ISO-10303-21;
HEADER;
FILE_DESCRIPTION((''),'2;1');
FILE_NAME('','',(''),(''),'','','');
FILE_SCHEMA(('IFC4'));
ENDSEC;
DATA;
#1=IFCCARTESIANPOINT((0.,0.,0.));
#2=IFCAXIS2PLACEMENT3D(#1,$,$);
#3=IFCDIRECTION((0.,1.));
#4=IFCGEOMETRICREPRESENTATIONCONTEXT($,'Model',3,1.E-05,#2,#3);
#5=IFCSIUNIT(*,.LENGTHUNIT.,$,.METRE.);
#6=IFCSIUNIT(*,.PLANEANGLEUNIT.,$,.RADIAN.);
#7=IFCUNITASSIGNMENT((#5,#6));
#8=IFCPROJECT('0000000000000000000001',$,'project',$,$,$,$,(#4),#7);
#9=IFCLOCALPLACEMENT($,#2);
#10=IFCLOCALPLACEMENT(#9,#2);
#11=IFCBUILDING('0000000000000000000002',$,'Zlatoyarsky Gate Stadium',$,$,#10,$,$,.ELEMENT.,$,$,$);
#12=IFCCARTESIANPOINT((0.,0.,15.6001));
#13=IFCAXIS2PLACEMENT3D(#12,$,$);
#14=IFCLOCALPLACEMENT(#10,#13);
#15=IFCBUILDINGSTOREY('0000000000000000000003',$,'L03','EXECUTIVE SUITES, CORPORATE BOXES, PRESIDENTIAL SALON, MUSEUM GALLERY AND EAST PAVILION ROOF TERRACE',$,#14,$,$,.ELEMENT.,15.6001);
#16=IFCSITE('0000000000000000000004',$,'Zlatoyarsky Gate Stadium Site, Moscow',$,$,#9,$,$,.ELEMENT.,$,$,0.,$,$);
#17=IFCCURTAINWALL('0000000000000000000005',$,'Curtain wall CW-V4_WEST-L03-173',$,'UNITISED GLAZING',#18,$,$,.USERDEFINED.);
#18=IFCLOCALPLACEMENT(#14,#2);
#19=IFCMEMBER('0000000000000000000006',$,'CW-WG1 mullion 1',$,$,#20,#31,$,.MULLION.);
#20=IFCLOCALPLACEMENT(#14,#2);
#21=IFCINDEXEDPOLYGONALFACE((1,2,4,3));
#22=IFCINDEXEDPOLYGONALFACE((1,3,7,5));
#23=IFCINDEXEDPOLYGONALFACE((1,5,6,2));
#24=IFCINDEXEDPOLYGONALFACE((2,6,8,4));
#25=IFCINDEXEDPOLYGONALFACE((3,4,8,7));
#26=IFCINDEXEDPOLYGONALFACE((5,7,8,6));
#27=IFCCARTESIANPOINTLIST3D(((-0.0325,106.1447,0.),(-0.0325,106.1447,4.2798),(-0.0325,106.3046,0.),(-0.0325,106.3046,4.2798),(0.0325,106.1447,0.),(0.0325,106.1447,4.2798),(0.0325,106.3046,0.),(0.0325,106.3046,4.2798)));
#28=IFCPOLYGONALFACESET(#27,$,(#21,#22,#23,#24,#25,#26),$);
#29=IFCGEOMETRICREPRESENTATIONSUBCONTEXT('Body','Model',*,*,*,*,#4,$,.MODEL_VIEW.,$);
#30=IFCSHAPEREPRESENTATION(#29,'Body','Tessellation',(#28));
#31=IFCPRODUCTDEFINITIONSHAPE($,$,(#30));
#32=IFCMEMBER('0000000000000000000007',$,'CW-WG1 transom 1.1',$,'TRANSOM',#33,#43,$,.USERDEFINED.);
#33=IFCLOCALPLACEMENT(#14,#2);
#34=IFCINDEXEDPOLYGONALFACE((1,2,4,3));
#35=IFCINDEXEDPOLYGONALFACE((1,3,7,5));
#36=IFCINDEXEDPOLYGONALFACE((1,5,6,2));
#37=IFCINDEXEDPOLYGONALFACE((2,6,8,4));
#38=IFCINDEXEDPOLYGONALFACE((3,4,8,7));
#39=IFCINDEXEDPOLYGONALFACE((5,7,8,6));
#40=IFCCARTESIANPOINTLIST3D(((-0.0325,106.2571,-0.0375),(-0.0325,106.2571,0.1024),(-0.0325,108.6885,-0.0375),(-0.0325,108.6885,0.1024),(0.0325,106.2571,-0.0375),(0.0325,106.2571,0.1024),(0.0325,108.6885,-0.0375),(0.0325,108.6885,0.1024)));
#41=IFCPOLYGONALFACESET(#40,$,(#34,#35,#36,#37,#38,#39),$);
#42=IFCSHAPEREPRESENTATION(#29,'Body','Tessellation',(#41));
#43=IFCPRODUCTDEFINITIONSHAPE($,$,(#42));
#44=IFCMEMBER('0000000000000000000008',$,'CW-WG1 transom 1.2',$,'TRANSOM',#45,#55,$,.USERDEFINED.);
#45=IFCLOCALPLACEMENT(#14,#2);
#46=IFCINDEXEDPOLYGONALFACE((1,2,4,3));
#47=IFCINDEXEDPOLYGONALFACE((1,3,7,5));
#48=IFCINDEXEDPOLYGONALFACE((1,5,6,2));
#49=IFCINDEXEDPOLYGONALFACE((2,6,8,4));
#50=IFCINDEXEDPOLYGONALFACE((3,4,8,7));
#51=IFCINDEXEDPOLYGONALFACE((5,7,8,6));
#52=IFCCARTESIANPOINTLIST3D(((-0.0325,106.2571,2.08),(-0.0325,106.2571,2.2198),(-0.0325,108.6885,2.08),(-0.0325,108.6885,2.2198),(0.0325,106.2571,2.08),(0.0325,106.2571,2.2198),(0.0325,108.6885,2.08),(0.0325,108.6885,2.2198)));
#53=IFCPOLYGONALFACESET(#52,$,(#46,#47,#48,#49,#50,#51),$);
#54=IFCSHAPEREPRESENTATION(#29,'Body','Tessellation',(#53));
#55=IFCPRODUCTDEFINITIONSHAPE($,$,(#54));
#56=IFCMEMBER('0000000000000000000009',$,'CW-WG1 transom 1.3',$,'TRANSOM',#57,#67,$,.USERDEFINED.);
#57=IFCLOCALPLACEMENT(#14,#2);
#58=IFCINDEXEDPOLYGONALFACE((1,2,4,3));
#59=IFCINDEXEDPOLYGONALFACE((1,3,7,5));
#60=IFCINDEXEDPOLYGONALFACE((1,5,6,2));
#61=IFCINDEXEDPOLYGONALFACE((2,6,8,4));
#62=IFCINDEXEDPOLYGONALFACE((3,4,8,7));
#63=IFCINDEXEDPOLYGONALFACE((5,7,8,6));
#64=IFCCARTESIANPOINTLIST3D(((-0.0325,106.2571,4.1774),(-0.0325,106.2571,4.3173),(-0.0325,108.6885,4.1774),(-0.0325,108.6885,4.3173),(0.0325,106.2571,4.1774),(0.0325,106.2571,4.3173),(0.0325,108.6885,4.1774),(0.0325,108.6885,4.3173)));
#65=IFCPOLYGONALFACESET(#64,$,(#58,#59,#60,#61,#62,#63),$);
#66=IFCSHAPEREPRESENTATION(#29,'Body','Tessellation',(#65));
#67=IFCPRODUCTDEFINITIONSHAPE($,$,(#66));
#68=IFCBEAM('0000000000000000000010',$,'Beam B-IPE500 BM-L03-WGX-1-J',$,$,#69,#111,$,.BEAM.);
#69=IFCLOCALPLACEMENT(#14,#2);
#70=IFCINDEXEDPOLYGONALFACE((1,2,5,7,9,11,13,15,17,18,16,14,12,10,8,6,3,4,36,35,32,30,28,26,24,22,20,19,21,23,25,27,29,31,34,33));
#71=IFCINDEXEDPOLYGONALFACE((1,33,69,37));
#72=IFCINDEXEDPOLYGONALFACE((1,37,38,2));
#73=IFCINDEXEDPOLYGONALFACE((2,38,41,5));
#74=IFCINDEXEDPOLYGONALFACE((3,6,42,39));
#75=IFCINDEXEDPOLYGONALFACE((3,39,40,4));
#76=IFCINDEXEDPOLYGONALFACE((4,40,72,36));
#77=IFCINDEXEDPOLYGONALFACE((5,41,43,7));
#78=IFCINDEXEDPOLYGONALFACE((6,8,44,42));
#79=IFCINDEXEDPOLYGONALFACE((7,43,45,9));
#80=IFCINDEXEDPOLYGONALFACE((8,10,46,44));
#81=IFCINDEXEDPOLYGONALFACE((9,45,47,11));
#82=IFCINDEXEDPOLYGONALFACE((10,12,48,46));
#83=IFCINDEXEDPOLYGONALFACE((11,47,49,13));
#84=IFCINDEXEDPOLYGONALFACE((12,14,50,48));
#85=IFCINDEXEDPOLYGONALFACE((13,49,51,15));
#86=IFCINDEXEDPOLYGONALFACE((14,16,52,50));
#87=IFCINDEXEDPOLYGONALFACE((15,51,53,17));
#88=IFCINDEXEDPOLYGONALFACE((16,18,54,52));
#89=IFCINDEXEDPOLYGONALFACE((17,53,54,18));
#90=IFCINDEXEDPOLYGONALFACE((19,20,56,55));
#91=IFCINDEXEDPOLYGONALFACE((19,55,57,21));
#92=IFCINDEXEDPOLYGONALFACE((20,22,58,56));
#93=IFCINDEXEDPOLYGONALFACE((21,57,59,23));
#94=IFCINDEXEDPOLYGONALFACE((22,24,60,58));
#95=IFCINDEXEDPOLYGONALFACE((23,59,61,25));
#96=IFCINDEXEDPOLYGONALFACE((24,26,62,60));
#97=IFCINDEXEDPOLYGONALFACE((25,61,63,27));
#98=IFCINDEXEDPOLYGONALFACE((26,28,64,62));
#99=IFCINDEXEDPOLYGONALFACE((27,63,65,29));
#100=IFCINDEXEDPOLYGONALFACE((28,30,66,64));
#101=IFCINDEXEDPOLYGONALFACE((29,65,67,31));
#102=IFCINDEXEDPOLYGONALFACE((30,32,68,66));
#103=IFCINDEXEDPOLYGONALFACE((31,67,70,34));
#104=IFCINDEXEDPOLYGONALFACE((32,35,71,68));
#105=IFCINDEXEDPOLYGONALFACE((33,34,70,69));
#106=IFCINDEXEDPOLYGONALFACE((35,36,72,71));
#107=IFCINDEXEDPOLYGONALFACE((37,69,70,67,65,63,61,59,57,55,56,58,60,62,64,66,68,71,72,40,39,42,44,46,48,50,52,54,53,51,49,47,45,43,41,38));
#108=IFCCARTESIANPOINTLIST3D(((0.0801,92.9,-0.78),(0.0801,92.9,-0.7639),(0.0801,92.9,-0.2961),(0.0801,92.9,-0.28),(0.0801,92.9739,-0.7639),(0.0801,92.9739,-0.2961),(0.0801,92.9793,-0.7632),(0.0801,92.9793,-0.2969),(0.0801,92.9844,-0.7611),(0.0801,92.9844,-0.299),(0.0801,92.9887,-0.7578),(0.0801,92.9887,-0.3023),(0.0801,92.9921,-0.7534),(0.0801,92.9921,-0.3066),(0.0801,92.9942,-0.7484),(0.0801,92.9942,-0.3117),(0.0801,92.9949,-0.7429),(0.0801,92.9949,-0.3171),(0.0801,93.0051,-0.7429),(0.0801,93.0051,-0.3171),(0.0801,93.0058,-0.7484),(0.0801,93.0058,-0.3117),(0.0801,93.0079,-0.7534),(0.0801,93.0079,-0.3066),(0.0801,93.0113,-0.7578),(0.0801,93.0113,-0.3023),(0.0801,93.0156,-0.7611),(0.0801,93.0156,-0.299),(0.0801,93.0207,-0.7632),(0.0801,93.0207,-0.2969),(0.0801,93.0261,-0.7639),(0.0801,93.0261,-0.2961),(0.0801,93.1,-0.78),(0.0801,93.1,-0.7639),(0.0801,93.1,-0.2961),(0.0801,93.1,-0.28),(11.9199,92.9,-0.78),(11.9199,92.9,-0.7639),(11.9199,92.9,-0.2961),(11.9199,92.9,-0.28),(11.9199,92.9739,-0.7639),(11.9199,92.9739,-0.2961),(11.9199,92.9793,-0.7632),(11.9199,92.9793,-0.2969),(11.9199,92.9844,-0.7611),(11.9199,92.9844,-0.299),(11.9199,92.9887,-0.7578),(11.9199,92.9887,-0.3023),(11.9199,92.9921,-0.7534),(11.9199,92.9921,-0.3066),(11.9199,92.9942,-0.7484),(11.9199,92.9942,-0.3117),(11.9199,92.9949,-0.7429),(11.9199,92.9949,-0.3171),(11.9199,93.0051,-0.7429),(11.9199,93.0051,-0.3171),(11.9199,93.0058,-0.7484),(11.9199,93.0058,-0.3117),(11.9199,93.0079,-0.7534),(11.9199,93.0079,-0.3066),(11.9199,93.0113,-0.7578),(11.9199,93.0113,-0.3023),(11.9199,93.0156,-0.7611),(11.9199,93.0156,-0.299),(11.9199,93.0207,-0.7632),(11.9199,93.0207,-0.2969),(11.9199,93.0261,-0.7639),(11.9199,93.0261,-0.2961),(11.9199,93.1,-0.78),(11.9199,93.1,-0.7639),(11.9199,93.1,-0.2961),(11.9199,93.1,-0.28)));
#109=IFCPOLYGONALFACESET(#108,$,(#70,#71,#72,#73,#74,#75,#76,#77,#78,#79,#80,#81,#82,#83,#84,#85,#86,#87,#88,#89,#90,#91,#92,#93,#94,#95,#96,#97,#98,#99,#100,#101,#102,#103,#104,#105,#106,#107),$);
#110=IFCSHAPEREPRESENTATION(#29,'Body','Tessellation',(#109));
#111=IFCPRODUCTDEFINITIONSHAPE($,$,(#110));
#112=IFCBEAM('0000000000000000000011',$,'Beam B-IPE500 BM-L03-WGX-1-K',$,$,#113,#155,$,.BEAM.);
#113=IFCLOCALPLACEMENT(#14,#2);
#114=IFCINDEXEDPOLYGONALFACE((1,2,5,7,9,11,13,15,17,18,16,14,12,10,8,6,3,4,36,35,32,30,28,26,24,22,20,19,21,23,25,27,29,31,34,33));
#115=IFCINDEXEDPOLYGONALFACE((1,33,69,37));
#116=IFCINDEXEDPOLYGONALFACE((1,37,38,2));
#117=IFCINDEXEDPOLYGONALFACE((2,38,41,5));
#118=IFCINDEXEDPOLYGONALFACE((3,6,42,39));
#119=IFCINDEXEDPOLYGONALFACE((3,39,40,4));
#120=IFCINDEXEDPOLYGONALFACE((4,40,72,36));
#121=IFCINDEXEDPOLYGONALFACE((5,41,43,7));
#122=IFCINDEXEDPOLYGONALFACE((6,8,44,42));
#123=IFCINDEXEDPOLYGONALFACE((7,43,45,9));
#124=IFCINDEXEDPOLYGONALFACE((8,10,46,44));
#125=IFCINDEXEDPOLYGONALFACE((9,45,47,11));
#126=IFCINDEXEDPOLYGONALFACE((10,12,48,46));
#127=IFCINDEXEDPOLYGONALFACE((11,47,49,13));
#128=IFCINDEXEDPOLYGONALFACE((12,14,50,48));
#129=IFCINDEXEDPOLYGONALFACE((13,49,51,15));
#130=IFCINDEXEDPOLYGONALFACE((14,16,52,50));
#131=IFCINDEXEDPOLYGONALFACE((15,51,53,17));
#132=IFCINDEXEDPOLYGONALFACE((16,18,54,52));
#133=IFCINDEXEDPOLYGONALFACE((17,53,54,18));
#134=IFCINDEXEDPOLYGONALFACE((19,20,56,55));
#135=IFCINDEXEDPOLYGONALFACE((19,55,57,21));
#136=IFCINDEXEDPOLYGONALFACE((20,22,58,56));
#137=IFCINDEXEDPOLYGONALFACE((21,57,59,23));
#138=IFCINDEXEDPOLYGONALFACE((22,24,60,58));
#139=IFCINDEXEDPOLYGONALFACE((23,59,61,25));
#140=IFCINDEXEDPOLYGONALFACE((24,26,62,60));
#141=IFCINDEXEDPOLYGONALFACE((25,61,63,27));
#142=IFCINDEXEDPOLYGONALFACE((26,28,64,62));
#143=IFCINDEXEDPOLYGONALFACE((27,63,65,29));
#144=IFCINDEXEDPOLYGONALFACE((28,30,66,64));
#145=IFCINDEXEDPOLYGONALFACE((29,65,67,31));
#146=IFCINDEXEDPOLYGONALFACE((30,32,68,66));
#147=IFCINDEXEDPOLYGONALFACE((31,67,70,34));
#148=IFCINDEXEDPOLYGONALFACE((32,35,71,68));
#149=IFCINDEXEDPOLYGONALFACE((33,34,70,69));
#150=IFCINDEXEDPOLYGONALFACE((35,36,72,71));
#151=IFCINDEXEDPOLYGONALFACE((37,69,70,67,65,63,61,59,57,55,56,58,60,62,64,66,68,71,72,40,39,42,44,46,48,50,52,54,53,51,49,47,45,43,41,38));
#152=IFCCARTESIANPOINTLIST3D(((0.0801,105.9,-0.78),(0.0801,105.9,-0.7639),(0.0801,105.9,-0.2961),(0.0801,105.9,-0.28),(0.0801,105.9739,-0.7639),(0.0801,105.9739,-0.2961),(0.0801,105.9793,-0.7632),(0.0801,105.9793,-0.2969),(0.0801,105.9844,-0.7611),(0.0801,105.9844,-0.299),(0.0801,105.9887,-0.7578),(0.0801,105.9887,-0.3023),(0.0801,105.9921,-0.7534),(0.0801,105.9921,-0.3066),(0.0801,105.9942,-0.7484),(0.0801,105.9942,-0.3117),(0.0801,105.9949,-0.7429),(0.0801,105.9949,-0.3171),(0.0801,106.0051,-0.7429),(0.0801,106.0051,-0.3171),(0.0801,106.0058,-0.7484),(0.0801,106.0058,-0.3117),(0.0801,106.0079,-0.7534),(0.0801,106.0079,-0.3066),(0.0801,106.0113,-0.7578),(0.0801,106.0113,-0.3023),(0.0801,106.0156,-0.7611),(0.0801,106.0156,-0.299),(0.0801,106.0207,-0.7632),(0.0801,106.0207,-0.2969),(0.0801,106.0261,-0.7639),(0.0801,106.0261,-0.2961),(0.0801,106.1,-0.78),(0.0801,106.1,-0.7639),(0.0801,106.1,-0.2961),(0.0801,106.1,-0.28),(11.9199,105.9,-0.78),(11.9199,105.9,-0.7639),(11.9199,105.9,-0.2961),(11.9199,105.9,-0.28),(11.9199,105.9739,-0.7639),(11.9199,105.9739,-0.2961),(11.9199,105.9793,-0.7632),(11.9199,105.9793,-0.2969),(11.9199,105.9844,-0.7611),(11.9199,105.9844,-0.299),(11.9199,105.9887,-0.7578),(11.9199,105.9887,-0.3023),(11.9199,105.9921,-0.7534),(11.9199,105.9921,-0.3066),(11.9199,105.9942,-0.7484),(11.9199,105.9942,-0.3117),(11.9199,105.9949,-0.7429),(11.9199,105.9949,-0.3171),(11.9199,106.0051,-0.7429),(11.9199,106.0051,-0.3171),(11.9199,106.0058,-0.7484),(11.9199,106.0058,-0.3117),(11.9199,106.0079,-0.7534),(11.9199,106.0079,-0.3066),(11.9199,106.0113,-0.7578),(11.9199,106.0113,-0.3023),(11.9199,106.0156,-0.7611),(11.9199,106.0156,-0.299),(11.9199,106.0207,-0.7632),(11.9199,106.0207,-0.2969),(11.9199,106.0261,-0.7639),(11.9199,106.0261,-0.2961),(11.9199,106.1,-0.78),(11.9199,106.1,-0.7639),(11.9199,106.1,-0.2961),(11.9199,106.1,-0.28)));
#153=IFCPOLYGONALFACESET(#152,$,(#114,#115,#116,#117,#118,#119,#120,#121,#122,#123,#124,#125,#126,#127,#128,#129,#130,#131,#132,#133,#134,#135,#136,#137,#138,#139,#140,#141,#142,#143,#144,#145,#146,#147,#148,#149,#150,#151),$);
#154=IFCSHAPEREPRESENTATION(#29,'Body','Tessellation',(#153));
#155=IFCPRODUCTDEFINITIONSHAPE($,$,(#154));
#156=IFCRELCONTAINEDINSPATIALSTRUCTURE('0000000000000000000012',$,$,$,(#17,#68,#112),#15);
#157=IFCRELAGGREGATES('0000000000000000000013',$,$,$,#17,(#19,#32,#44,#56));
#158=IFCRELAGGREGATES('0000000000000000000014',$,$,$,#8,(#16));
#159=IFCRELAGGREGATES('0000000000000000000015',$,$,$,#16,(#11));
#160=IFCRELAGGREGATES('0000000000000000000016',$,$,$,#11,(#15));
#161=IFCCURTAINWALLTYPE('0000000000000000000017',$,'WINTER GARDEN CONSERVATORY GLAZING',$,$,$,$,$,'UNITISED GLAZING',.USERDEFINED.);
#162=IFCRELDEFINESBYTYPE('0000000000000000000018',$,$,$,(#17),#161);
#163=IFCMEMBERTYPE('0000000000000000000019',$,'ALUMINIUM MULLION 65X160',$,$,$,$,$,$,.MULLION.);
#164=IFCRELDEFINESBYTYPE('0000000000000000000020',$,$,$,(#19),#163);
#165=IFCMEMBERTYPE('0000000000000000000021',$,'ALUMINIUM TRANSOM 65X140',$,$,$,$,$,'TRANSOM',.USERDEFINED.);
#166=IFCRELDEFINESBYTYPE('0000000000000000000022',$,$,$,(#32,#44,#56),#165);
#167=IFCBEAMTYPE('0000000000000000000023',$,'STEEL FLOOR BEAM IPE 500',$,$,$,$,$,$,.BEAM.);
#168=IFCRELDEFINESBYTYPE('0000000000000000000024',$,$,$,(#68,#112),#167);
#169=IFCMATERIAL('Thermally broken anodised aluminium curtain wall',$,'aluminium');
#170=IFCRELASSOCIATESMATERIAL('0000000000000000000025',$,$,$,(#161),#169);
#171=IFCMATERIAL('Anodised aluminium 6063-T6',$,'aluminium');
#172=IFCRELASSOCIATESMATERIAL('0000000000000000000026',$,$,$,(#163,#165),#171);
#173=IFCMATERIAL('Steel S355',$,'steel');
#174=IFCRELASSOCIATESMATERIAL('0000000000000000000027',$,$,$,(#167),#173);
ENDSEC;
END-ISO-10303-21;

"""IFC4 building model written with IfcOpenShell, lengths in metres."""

from ifc_helpers import new_model, si_unit, direction, frame, origin, origin_2d, place, context, subcontext, project, spatial, rectangle, i_section, extrude, material, material_profile, profile_set, type_object, element, aggregate, save


model = new_model("IFC4")

# Units and contexts
model_context = context("Model", 3, precision=1e-05, world=origin(), true_north=direction((0.0, 1.0)))
body_context = subcontext(model_context, "Body", "Model", "MODEL_VIEW")
ifc_project = project(units=[si_unit("LENGTHUNIT", "METRE"), si_unit("PLANEANGLEUNIT", "RADIAN")], contexts=[model_context])

# Site, building, storey
site_placement = place(None, origin())
site = spatial("IfcSite", under=ifc_project, at=site_placement, Name="Zlatoyarsky Gate Stadium Site, Moscow", CompositionType="ELEMENT", RefElevation=0.0)
building_placement = place(site_placement, origin())
building = spatial("IfcBuilding", under=site, at=building_placement, Name="Zlatoyarsky Gate Stadium", CompositionType="ELEMENT")
storey_placement = place(building_placement, frame((0.0, 0.0, 15.6001)))
storey = spatial("IfcBuildingStorey", under=building, at=storey_placement, Name="L03", Description="EXECUTIVE SUITES, CORPORATE BOXES, PRESIDENTIAL SALON, MUSEUM GALLERY AND EAST PAVILION ROOF TERRACE", CompositionType="ELEMENT", Elevation=15.6001)

# Shared definitions
ifc_material_1 = material(Name="Steel S355", Category="steel")

# Shared definitions
ifc_material_2 = material(Name="Thermally broken anodised aluminium curtain wall", Category="aluminium")
curtain_wall_type = type_object("IfcCurtainWallType", Name="WINTER GARDEN CONSERVATORY GLAZING", ElementType="UNITISED GLAZING", PredefinedType="USERDEFINED", material=ifc_material_2)
ifc_material_3 = material(Name="Anodised aluminium 6063-T6", Category="aluminium")
ifc_material_profile_1 = material_profile(ifc_material_3, rectangle(XDim=0.0649, YDim=0.1599, at=origin_2d()), Name="ALU 65X160")
ifc_profile_set_1 = profile_set([ifc_material_profile_1], Name="Anodised aluminium 6063-T6")
member_type_1 = type_object("IfcMemberType", Name="ALUMINIUM MULLION 65X160", PredefinedType="MULLION", material=ifc_profile_set_1)

# Curtain wall, members
curtain_wall_1_placement = place(storey_placement, origin())
curtain_wall_1 = element("IfcCurtainWall", 1, at=curtain_wall_1_placement, inside=storey, type_object=curtain_wall_type, Name="Curtain wall CW-V4_WEST-L03-173", ObjectType="UNITISED GLAZING", PredefinedType="USERDEFINED")
member_1_placement = place(storey_placement, frame((0.0, 106.2246, 0.0), z_axis=(0.0, 0.0, 1.0), x_axis=(-1.0, 0.0, 0.0)))
member_1 = element("IfcMember", 2, at=member_1_placement, type_object=member_type_1, Name="CW-WG1 mullion 1", PredefinedType="MULLION", context=body_context, shape_type="SweptSolid", body=[
    extrude(rectangle(XDim=0.0649, YDim=0.1599, at=origin_2d()), origin(), (0.0, 0.0, 1.0), 4.2798),
])
ifc_material_profile_2 = material_profile(ifc_material_3, rectangle(XDim=0.0649, YDim=0.1399, at=origin_2d()), Name="ALU 65X140")
ifc_profile_set_2 = profile_set([ifc_material_profile_2], Name="Anodised aluminium 6063-T6")
member_type_2 = type_object("IfcMemberType", Name="ALUMINIUM TRANSOM 65X140", ElementType="TRANSOM", PredefinedType="USERDEFINED", material=ifc_profile_set_2)
member_2_placement = place(storey_placement, frame((0.0, 106.2571, 0.0325), z_axis=(0.0, 1.0, 0.0), x_axis=(-1.0, 0.0, 0.0)))
member_2 = element("IfcMember", 3, at=member_2_placement, type_object=member_type_2, Name="CW-WG1 transom 1.1", ObjectType="TRANSOM", PredefinedType="USERDEFINED", context=body_context, shape_type="SweptSolid", body=[
    extrude(rectangle(XDim=0.0649, YDim=0.1399, at=origin_2d()), origin(), (0.0, 0.0, 1.0), 2.4314),
])
member_3_placement = place(storey_placement, frame((0.0, 106.2571, 2.1499), z_axis=(0.0, 1.0, 0.0), x_axis=(-1.0, 0.0, 0.0)))
member_3 = element("IfcMember", 4, at=member_3_placement, type_object=member_type_2, Name="CW-WG1 transom 1.2", ObjectType="TRANSOM", PredefinedType="USERDEFINED", context=body_context, shape_type="SweptSolid", body=[
    extrude(rectangle(XDim=0.0649, YDim=0.1399, at=origin_2d()), origin(), (0.0, 0.0, 1.0), 2.4314),
])
member_4_placement = place(storey_placement, frame((0.0, 106.2571, 4.2473), z_axis=(0.0, 1.0, 0.0), x_axis=(-1.0, 0.0, 0.0)))
member_4 = element("IfcMember", 5, at=member_4_placement, type_object=member_type_2, Name="CW-WG1 transom 1.3", ObjectType="TRANSOM", PredefinedType="USERDEFINED", context=body_context, shape_type="SweptSolid", body=[
    extrude(rectangle(XDim=0.0649, YDim=0.1399, at=origin_2d()), origin(), (0.0, 0.0, 1.0), 2.4314),
])

# Beams
ifc_material_profile_3 = material_profile(ifc_material_1, i_section(OverallWidth=0.2, OverallDepth=0.5, WebThickness=0.0103, FlangeThickness=0.0161, FilletRadius=0.021, at=origin_2d()), Name="IPE 500")
ifc_profile_set_3 = profile_set([ifc_material_profile_3], Name="Steel S355")
beam_type_1 = type_object("IfcBeamType", Name="STEEL FLOOR BEAM IPE 500", PredefinedType="BEAM", material=ifc_profile_set_3)
for number, where, z_axis, x_axis, name in (
    (6, (0.0801, 93.0, -0.53), (1.0, 0.0, 0.0), (0.0, 1.0, 0.0), "Beam B-IPE500 BM-L03-WGX-1-J"),
    (7, (0.0801, 106.0, -0.53), (1.0, 0.0, 0.0), (0.0, 1.0, 0.0), "Beam B-IPE500 BM-L03-WGX-1-K"),
):
    element("IfcBeam", number, at=place(storey_placement, frame(where, z_axis=z_axis, x_axis=x_axis)), inside=storey, type_object=beam_type_1, Name=name, PredefinedType="BEAM", context=body_context, shape_type="SweptSolid", body=[
        extrude(i_section(OverallWidth=0.2, OverallDepth=0.5, WebThickness=0.0103, FlangeThickness=0.0161, FilletRadius=0.021, at=origin_2d()), origin(), (0.0, 0.0, 1.0), 11.8398),
    ])

aggregate(curtain_wall_1, [member_1, member_2, member_3, member_4])

save(model, "model.ifc")
